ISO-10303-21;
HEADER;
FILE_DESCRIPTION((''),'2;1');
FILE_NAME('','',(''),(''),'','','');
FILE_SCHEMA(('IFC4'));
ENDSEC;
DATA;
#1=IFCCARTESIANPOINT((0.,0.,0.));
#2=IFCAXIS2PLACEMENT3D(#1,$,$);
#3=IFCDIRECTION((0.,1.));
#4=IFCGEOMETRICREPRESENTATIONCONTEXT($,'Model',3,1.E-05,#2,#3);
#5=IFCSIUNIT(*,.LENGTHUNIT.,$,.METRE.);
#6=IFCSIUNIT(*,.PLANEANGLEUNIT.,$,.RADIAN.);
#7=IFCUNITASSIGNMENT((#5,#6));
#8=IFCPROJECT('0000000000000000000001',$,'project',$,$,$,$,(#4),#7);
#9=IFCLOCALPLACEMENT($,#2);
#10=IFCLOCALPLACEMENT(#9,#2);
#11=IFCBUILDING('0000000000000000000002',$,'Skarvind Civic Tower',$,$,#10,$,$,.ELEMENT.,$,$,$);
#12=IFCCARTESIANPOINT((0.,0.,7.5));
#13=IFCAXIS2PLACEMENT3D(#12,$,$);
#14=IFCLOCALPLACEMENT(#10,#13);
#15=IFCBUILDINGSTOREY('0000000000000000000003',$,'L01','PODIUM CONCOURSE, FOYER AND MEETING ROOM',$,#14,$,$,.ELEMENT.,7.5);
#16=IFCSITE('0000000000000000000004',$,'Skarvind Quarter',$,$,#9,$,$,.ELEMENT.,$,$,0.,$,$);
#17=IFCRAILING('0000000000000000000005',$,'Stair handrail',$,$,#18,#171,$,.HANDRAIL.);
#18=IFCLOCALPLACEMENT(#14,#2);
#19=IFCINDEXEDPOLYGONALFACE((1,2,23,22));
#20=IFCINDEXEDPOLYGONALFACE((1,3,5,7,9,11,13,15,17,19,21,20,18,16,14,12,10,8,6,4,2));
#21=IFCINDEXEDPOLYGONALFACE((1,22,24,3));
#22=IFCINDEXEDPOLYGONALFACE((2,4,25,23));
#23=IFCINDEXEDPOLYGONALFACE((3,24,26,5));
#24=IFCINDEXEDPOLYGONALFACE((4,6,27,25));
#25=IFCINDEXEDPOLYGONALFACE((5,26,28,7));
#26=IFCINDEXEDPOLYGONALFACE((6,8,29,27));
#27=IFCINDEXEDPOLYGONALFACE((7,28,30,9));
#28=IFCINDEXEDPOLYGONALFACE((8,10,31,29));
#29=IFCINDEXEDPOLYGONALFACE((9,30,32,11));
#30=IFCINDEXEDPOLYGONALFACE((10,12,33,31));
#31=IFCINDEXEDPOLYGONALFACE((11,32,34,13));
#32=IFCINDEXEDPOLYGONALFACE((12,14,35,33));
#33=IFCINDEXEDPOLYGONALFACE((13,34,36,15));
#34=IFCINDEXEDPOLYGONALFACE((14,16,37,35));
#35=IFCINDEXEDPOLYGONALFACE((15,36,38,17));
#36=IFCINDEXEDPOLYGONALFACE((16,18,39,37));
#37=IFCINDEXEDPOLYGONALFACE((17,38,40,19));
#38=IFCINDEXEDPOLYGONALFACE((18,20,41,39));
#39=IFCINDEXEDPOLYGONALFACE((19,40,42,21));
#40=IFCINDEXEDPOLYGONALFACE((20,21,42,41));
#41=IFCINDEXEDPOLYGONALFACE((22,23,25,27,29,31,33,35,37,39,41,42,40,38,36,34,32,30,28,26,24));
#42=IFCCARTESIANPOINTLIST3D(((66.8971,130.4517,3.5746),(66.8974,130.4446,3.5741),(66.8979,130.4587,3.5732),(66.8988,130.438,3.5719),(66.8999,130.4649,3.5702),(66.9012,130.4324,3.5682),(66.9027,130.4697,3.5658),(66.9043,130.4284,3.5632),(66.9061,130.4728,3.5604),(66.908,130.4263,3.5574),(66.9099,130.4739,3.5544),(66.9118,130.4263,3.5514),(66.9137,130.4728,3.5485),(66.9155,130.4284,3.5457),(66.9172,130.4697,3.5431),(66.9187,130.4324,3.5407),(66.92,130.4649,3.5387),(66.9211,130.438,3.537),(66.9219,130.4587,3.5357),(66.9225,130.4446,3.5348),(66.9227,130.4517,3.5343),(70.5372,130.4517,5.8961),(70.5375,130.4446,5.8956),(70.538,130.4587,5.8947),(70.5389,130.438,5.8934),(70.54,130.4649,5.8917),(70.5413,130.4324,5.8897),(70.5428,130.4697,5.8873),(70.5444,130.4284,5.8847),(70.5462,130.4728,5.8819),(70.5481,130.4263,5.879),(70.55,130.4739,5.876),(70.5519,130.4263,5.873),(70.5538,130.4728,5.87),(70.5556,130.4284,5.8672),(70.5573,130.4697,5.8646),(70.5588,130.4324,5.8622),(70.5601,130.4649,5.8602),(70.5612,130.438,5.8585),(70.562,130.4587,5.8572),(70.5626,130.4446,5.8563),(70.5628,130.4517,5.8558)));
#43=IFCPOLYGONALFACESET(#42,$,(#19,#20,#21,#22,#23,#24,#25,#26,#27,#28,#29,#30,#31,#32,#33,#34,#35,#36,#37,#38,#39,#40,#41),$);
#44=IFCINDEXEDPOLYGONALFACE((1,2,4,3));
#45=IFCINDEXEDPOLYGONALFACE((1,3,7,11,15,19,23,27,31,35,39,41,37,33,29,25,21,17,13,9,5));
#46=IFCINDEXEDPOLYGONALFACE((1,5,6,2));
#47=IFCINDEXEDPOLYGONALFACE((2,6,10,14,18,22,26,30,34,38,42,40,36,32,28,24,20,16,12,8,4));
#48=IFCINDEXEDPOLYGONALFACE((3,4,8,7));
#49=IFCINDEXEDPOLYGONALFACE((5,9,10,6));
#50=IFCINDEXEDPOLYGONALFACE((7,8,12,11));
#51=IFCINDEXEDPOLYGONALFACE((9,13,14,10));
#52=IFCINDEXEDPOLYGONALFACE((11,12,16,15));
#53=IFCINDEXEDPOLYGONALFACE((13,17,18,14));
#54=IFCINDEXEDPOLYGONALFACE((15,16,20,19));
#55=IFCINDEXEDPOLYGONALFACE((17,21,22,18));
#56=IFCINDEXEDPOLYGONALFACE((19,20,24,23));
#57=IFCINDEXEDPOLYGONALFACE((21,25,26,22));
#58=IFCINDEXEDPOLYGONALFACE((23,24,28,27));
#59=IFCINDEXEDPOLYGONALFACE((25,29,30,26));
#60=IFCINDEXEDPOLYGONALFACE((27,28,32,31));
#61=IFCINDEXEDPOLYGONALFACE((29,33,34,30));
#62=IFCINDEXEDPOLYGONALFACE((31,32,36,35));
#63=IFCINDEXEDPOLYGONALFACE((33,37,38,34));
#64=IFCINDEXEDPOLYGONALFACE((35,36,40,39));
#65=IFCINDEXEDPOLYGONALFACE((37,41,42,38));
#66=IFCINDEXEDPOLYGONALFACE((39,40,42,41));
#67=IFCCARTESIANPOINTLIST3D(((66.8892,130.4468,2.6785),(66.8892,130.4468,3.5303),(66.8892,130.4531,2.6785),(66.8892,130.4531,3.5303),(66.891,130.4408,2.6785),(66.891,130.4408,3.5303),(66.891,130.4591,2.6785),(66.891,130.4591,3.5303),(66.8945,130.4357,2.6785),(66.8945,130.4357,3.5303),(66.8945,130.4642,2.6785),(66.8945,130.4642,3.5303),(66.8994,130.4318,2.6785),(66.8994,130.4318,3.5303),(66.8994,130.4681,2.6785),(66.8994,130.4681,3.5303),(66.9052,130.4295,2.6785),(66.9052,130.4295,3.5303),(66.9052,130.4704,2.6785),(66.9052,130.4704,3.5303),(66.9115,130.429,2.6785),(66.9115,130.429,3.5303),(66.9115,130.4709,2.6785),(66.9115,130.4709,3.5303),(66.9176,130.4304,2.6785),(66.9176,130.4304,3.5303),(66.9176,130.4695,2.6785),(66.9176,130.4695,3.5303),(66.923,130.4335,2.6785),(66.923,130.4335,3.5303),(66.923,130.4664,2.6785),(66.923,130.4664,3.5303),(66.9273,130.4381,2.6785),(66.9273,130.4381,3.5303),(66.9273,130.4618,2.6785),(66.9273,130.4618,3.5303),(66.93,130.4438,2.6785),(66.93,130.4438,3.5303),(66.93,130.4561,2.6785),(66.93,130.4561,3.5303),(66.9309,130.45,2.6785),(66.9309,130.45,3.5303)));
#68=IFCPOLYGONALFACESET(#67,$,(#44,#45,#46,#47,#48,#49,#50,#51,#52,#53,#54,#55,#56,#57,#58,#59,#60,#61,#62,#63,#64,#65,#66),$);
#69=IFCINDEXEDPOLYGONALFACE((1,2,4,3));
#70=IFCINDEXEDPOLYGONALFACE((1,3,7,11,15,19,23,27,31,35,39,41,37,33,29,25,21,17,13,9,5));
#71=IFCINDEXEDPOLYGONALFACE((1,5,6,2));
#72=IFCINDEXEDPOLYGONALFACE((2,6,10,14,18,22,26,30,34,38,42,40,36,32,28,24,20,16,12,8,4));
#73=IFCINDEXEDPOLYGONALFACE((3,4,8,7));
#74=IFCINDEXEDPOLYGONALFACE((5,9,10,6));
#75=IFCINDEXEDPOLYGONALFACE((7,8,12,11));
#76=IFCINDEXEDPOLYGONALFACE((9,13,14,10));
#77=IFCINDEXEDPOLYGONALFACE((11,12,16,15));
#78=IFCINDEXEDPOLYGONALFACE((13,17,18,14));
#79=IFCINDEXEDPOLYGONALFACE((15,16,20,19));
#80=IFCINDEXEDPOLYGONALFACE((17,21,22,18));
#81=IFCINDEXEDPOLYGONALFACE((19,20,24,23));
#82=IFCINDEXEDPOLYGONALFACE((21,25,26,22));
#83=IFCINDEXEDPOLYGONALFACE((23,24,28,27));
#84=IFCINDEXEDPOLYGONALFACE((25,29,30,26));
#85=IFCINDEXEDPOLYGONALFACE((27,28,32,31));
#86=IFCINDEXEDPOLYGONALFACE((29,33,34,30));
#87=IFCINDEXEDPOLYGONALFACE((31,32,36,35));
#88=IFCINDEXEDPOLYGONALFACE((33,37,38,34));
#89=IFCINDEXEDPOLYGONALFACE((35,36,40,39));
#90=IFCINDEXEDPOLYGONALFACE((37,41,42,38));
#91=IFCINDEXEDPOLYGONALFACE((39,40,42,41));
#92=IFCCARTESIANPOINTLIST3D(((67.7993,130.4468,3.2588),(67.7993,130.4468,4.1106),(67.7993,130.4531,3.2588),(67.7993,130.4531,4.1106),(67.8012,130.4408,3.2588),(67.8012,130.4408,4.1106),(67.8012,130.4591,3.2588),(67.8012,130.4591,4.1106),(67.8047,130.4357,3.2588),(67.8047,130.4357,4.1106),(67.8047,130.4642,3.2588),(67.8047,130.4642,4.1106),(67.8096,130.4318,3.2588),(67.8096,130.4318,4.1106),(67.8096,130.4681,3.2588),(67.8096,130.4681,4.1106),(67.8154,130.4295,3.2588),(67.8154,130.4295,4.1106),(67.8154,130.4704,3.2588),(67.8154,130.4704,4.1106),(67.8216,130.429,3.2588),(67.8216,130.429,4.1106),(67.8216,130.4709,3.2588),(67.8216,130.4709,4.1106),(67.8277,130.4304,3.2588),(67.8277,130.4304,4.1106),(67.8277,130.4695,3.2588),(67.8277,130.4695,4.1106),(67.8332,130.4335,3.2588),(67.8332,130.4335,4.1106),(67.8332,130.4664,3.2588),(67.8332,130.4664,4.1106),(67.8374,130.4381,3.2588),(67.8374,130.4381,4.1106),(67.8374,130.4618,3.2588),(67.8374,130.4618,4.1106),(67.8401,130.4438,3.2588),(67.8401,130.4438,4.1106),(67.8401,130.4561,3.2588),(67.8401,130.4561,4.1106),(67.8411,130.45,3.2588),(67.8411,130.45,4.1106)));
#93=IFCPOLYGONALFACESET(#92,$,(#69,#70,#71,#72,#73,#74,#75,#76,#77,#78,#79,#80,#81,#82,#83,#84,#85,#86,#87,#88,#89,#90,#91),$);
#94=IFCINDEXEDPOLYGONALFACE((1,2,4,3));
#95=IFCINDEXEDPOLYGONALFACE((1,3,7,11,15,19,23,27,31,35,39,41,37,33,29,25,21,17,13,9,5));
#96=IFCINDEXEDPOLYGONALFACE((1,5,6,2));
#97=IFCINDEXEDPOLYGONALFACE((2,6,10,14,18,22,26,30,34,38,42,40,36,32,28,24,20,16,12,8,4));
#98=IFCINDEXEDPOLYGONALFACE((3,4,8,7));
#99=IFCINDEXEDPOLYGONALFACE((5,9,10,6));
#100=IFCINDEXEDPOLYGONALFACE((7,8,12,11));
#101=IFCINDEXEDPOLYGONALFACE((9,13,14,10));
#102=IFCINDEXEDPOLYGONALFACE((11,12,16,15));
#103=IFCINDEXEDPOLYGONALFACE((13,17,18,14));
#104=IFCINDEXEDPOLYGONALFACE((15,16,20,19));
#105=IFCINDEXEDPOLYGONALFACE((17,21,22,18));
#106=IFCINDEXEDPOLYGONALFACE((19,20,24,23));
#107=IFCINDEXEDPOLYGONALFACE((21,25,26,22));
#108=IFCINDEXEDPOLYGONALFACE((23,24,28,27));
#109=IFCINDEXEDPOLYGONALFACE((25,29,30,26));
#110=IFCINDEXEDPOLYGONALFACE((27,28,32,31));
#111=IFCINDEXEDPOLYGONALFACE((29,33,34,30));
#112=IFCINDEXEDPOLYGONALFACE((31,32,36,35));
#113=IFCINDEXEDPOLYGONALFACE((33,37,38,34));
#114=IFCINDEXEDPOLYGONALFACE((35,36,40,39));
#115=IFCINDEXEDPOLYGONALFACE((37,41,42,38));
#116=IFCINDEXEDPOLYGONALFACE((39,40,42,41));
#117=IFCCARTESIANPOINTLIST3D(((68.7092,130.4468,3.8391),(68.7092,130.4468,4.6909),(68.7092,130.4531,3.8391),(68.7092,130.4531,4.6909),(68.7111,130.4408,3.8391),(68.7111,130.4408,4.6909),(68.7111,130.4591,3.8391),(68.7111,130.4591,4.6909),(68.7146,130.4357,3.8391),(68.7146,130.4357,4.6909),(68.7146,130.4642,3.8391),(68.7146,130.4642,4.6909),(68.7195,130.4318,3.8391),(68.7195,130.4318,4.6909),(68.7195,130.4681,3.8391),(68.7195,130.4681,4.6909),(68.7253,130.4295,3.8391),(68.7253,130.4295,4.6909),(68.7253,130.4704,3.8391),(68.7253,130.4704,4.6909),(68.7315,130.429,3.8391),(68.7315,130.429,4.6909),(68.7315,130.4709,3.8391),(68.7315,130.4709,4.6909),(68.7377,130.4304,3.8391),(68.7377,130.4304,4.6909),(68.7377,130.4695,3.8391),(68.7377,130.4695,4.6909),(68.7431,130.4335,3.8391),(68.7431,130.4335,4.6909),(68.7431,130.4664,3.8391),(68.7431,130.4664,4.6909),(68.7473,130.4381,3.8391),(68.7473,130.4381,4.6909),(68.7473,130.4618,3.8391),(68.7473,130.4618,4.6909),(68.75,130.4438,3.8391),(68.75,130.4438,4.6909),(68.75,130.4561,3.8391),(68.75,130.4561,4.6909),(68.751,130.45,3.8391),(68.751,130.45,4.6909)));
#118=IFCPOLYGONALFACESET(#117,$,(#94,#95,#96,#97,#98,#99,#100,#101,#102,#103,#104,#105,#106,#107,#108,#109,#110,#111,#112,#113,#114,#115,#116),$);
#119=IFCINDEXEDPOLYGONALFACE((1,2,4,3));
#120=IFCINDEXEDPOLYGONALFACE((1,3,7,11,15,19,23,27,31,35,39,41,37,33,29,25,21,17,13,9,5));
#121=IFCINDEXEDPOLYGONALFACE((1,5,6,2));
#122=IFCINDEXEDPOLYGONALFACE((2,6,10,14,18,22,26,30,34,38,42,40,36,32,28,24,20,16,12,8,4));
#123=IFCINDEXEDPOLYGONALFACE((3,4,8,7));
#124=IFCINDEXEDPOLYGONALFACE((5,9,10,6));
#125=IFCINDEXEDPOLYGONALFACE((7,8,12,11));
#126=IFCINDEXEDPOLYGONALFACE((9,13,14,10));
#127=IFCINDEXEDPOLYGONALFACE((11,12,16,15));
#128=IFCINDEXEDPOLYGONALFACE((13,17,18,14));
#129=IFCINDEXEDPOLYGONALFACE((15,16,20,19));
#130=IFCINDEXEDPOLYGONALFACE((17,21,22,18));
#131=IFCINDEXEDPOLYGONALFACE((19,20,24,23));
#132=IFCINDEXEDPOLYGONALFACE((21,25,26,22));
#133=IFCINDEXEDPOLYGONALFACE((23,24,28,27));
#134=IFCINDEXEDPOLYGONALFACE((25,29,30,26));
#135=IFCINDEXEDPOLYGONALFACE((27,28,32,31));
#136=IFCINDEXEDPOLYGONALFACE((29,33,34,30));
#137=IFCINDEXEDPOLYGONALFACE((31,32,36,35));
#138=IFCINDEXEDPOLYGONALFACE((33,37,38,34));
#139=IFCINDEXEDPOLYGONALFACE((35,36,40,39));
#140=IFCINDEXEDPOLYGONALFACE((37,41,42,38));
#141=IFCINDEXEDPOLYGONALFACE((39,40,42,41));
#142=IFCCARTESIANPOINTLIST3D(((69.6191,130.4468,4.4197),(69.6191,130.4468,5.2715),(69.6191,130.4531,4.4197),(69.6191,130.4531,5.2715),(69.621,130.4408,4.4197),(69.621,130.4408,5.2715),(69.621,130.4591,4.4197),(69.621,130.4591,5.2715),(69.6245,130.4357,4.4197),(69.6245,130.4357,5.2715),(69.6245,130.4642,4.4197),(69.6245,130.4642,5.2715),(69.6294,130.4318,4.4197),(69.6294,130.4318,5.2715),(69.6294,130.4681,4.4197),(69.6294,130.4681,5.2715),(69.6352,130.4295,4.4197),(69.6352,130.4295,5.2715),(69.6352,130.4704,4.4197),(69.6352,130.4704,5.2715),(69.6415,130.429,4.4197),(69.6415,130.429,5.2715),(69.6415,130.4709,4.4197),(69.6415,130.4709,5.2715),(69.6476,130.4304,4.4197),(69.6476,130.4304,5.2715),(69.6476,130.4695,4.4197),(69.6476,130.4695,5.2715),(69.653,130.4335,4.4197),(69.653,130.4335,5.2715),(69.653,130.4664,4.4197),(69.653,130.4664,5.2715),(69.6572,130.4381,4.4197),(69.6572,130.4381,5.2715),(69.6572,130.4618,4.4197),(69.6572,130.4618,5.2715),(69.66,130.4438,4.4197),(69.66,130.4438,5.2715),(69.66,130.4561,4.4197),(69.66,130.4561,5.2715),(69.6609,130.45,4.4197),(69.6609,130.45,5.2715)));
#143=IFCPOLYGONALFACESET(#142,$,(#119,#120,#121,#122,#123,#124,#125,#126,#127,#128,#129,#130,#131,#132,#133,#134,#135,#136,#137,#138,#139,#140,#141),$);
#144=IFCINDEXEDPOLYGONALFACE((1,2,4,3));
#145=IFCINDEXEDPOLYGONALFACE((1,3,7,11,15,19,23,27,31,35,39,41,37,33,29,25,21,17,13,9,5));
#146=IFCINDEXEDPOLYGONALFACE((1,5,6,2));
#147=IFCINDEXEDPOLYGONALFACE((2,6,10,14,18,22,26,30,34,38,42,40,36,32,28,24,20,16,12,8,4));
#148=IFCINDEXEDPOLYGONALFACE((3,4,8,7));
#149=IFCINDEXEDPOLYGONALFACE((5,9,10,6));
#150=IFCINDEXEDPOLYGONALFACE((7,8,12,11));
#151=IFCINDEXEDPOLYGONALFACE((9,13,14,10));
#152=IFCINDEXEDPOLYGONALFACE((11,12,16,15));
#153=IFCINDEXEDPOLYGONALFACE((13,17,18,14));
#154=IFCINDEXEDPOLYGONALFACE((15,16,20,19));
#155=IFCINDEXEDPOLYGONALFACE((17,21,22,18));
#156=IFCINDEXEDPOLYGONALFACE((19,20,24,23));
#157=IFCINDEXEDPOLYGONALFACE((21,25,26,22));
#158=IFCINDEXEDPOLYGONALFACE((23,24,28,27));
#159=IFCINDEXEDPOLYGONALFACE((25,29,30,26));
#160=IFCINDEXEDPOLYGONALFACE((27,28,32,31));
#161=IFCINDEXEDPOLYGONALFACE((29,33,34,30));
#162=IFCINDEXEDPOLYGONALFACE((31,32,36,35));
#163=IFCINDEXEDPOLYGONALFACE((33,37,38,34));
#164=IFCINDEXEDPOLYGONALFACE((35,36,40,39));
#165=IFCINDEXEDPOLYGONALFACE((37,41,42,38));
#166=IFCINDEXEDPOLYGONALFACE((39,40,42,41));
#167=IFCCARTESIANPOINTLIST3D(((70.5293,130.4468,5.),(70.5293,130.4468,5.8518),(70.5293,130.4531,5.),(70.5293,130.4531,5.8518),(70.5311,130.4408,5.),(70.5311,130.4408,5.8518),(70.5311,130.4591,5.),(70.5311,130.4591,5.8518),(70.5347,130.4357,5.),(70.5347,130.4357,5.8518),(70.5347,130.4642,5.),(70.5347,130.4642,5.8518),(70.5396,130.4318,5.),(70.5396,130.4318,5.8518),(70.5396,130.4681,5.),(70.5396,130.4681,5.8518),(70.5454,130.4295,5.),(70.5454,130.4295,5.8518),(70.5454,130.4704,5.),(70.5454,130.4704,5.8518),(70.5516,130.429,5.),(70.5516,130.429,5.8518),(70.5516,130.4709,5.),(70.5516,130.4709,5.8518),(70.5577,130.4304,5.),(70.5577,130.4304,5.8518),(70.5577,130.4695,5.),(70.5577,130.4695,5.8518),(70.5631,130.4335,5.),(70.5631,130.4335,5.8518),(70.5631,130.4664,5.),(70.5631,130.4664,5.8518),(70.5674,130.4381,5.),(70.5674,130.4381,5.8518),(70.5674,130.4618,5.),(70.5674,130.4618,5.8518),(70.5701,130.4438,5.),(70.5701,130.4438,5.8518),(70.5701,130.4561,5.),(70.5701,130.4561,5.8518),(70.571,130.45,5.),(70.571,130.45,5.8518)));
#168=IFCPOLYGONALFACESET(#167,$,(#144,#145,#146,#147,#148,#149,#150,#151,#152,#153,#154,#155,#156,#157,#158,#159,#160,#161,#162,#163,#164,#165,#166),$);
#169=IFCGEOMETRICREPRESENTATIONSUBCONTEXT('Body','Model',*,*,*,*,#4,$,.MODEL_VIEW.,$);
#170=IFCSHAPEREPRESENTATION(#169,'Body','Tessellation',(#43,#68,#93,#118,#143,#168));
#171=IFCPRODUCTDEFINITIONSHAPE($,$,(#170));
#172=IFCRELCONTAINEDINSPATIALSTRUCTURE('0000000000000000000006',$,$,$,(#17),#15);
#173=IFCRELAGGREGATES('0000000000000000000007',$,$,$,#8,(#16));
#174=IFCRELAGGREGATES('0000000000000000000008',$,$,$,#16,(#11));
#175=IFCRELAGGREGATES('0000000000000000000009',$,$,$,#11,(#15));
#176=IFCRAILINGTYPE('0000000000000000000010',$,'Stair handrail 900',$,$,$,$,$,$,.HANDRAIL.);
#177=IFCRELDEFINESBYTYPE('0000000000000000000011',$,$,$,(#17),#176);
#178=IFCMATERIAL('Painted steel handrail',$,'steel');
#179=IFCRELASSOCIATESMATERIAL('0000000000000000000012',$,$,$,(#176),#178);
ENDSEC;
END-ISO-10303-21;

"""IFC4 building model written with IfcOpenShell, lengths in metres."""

from ifc_helpers import new_model, si_unit, direction, frame, origin, origin_2d, place, context, subcontext, project, spatial, circle, extrude, material, type_object, element, save


model = new_model("IFC4")

# Units and contexts
model_context = context("Model", 3, precision=1e-05, world=origin(), true_north=direction((0.0, 1.0)))
body_context = subcontext(model_context, "Body", "Model", "MODEL_VIEW")
ifc_project = project(units=[si_unit("LENGTHUNIT", "METRE"), si_unit("PLANEANGLEUNIT", "RADIAN")], contexts=[model_context])

# Site, building, storey
site_placement = place(None, origin())
site = spatial("IfcSite", under=ifc_project, at=site_placement, Name="Skarvind Quarter", CompositionType="ELEMENT", RefElevation=0.0)
building_placement = place(site_placement, origin())
building = spatial("IfcBuilding", under=site, at=building_placement, Name="Skarvind Civic Tower", CompositionType="ELEMENT")
storey_placement = place(building_placement, frame((0.0, 0.0, 7.5)))
storey = spatial("IfcBuildingStorey", under=building, at=storey_placement, Name="L01", Description="PODIUM CONCOURSE, FOYER AND MEETING ROOM", CompositionType="ELEMENT", Elevation=7.5)

# Railing
ifc_material_1 = material(Name="Painted steel handrail", Category="steel")
railing_type = type_object("IfcRailingType", Name="Stair handrail 900", PredefinedType="HANDRAIL", material=ifc_material_1)
railing_1_placement = place(storey_placement, frame((66.9099, 130.45, 2.6785)))
element("IfcRailing", 1, at=railing_1_placement, inside=storey, type_object=railing_type, Name="Stair handrail", PredefinedType="HANDRAIL", context=body_context, shape_type="SweptSolid", body=[
    extrude(circle(Radius=0.0239, at=origin_2d()), frame((0.0, 0.0, 0.876), z_axis=(0.843128, 0.0, 0.537713), x_axis=(0.0, 1.0, 0.0)), (0.0, 0.0, 1.0), 4.3174),
    extrude(circle(Radius=0.021, at=origin_2d()), origin(), (0.0, 0.0, 1.0), 0.8518),
    extrude(circle(Radius=0.021, at=origin_2d()), frame((0.9102, 0.0, 0.5803)), (0.0, 0.0, 1.0), 0.8518),
    extrude(circle(Radius=0.021, at=origin_2d()), frame((1.8201, 0.0, 1.1606)), (0.0, 0.0, 1.0), 0.8518),
    extrude(circle(Radius=0.021, at=origin_2d()), frame((2.73, 0.0, 1.7412)), (0.0, 0.0, 1.0), 0.8518),
    extrude(circle(Radius=0.021, at=origin_2d()), frame((3.6401, 0.0, 2.3215)), (0.0, 0.0, 1.0), 0.8518),
])

save(model, "model.ifc")
